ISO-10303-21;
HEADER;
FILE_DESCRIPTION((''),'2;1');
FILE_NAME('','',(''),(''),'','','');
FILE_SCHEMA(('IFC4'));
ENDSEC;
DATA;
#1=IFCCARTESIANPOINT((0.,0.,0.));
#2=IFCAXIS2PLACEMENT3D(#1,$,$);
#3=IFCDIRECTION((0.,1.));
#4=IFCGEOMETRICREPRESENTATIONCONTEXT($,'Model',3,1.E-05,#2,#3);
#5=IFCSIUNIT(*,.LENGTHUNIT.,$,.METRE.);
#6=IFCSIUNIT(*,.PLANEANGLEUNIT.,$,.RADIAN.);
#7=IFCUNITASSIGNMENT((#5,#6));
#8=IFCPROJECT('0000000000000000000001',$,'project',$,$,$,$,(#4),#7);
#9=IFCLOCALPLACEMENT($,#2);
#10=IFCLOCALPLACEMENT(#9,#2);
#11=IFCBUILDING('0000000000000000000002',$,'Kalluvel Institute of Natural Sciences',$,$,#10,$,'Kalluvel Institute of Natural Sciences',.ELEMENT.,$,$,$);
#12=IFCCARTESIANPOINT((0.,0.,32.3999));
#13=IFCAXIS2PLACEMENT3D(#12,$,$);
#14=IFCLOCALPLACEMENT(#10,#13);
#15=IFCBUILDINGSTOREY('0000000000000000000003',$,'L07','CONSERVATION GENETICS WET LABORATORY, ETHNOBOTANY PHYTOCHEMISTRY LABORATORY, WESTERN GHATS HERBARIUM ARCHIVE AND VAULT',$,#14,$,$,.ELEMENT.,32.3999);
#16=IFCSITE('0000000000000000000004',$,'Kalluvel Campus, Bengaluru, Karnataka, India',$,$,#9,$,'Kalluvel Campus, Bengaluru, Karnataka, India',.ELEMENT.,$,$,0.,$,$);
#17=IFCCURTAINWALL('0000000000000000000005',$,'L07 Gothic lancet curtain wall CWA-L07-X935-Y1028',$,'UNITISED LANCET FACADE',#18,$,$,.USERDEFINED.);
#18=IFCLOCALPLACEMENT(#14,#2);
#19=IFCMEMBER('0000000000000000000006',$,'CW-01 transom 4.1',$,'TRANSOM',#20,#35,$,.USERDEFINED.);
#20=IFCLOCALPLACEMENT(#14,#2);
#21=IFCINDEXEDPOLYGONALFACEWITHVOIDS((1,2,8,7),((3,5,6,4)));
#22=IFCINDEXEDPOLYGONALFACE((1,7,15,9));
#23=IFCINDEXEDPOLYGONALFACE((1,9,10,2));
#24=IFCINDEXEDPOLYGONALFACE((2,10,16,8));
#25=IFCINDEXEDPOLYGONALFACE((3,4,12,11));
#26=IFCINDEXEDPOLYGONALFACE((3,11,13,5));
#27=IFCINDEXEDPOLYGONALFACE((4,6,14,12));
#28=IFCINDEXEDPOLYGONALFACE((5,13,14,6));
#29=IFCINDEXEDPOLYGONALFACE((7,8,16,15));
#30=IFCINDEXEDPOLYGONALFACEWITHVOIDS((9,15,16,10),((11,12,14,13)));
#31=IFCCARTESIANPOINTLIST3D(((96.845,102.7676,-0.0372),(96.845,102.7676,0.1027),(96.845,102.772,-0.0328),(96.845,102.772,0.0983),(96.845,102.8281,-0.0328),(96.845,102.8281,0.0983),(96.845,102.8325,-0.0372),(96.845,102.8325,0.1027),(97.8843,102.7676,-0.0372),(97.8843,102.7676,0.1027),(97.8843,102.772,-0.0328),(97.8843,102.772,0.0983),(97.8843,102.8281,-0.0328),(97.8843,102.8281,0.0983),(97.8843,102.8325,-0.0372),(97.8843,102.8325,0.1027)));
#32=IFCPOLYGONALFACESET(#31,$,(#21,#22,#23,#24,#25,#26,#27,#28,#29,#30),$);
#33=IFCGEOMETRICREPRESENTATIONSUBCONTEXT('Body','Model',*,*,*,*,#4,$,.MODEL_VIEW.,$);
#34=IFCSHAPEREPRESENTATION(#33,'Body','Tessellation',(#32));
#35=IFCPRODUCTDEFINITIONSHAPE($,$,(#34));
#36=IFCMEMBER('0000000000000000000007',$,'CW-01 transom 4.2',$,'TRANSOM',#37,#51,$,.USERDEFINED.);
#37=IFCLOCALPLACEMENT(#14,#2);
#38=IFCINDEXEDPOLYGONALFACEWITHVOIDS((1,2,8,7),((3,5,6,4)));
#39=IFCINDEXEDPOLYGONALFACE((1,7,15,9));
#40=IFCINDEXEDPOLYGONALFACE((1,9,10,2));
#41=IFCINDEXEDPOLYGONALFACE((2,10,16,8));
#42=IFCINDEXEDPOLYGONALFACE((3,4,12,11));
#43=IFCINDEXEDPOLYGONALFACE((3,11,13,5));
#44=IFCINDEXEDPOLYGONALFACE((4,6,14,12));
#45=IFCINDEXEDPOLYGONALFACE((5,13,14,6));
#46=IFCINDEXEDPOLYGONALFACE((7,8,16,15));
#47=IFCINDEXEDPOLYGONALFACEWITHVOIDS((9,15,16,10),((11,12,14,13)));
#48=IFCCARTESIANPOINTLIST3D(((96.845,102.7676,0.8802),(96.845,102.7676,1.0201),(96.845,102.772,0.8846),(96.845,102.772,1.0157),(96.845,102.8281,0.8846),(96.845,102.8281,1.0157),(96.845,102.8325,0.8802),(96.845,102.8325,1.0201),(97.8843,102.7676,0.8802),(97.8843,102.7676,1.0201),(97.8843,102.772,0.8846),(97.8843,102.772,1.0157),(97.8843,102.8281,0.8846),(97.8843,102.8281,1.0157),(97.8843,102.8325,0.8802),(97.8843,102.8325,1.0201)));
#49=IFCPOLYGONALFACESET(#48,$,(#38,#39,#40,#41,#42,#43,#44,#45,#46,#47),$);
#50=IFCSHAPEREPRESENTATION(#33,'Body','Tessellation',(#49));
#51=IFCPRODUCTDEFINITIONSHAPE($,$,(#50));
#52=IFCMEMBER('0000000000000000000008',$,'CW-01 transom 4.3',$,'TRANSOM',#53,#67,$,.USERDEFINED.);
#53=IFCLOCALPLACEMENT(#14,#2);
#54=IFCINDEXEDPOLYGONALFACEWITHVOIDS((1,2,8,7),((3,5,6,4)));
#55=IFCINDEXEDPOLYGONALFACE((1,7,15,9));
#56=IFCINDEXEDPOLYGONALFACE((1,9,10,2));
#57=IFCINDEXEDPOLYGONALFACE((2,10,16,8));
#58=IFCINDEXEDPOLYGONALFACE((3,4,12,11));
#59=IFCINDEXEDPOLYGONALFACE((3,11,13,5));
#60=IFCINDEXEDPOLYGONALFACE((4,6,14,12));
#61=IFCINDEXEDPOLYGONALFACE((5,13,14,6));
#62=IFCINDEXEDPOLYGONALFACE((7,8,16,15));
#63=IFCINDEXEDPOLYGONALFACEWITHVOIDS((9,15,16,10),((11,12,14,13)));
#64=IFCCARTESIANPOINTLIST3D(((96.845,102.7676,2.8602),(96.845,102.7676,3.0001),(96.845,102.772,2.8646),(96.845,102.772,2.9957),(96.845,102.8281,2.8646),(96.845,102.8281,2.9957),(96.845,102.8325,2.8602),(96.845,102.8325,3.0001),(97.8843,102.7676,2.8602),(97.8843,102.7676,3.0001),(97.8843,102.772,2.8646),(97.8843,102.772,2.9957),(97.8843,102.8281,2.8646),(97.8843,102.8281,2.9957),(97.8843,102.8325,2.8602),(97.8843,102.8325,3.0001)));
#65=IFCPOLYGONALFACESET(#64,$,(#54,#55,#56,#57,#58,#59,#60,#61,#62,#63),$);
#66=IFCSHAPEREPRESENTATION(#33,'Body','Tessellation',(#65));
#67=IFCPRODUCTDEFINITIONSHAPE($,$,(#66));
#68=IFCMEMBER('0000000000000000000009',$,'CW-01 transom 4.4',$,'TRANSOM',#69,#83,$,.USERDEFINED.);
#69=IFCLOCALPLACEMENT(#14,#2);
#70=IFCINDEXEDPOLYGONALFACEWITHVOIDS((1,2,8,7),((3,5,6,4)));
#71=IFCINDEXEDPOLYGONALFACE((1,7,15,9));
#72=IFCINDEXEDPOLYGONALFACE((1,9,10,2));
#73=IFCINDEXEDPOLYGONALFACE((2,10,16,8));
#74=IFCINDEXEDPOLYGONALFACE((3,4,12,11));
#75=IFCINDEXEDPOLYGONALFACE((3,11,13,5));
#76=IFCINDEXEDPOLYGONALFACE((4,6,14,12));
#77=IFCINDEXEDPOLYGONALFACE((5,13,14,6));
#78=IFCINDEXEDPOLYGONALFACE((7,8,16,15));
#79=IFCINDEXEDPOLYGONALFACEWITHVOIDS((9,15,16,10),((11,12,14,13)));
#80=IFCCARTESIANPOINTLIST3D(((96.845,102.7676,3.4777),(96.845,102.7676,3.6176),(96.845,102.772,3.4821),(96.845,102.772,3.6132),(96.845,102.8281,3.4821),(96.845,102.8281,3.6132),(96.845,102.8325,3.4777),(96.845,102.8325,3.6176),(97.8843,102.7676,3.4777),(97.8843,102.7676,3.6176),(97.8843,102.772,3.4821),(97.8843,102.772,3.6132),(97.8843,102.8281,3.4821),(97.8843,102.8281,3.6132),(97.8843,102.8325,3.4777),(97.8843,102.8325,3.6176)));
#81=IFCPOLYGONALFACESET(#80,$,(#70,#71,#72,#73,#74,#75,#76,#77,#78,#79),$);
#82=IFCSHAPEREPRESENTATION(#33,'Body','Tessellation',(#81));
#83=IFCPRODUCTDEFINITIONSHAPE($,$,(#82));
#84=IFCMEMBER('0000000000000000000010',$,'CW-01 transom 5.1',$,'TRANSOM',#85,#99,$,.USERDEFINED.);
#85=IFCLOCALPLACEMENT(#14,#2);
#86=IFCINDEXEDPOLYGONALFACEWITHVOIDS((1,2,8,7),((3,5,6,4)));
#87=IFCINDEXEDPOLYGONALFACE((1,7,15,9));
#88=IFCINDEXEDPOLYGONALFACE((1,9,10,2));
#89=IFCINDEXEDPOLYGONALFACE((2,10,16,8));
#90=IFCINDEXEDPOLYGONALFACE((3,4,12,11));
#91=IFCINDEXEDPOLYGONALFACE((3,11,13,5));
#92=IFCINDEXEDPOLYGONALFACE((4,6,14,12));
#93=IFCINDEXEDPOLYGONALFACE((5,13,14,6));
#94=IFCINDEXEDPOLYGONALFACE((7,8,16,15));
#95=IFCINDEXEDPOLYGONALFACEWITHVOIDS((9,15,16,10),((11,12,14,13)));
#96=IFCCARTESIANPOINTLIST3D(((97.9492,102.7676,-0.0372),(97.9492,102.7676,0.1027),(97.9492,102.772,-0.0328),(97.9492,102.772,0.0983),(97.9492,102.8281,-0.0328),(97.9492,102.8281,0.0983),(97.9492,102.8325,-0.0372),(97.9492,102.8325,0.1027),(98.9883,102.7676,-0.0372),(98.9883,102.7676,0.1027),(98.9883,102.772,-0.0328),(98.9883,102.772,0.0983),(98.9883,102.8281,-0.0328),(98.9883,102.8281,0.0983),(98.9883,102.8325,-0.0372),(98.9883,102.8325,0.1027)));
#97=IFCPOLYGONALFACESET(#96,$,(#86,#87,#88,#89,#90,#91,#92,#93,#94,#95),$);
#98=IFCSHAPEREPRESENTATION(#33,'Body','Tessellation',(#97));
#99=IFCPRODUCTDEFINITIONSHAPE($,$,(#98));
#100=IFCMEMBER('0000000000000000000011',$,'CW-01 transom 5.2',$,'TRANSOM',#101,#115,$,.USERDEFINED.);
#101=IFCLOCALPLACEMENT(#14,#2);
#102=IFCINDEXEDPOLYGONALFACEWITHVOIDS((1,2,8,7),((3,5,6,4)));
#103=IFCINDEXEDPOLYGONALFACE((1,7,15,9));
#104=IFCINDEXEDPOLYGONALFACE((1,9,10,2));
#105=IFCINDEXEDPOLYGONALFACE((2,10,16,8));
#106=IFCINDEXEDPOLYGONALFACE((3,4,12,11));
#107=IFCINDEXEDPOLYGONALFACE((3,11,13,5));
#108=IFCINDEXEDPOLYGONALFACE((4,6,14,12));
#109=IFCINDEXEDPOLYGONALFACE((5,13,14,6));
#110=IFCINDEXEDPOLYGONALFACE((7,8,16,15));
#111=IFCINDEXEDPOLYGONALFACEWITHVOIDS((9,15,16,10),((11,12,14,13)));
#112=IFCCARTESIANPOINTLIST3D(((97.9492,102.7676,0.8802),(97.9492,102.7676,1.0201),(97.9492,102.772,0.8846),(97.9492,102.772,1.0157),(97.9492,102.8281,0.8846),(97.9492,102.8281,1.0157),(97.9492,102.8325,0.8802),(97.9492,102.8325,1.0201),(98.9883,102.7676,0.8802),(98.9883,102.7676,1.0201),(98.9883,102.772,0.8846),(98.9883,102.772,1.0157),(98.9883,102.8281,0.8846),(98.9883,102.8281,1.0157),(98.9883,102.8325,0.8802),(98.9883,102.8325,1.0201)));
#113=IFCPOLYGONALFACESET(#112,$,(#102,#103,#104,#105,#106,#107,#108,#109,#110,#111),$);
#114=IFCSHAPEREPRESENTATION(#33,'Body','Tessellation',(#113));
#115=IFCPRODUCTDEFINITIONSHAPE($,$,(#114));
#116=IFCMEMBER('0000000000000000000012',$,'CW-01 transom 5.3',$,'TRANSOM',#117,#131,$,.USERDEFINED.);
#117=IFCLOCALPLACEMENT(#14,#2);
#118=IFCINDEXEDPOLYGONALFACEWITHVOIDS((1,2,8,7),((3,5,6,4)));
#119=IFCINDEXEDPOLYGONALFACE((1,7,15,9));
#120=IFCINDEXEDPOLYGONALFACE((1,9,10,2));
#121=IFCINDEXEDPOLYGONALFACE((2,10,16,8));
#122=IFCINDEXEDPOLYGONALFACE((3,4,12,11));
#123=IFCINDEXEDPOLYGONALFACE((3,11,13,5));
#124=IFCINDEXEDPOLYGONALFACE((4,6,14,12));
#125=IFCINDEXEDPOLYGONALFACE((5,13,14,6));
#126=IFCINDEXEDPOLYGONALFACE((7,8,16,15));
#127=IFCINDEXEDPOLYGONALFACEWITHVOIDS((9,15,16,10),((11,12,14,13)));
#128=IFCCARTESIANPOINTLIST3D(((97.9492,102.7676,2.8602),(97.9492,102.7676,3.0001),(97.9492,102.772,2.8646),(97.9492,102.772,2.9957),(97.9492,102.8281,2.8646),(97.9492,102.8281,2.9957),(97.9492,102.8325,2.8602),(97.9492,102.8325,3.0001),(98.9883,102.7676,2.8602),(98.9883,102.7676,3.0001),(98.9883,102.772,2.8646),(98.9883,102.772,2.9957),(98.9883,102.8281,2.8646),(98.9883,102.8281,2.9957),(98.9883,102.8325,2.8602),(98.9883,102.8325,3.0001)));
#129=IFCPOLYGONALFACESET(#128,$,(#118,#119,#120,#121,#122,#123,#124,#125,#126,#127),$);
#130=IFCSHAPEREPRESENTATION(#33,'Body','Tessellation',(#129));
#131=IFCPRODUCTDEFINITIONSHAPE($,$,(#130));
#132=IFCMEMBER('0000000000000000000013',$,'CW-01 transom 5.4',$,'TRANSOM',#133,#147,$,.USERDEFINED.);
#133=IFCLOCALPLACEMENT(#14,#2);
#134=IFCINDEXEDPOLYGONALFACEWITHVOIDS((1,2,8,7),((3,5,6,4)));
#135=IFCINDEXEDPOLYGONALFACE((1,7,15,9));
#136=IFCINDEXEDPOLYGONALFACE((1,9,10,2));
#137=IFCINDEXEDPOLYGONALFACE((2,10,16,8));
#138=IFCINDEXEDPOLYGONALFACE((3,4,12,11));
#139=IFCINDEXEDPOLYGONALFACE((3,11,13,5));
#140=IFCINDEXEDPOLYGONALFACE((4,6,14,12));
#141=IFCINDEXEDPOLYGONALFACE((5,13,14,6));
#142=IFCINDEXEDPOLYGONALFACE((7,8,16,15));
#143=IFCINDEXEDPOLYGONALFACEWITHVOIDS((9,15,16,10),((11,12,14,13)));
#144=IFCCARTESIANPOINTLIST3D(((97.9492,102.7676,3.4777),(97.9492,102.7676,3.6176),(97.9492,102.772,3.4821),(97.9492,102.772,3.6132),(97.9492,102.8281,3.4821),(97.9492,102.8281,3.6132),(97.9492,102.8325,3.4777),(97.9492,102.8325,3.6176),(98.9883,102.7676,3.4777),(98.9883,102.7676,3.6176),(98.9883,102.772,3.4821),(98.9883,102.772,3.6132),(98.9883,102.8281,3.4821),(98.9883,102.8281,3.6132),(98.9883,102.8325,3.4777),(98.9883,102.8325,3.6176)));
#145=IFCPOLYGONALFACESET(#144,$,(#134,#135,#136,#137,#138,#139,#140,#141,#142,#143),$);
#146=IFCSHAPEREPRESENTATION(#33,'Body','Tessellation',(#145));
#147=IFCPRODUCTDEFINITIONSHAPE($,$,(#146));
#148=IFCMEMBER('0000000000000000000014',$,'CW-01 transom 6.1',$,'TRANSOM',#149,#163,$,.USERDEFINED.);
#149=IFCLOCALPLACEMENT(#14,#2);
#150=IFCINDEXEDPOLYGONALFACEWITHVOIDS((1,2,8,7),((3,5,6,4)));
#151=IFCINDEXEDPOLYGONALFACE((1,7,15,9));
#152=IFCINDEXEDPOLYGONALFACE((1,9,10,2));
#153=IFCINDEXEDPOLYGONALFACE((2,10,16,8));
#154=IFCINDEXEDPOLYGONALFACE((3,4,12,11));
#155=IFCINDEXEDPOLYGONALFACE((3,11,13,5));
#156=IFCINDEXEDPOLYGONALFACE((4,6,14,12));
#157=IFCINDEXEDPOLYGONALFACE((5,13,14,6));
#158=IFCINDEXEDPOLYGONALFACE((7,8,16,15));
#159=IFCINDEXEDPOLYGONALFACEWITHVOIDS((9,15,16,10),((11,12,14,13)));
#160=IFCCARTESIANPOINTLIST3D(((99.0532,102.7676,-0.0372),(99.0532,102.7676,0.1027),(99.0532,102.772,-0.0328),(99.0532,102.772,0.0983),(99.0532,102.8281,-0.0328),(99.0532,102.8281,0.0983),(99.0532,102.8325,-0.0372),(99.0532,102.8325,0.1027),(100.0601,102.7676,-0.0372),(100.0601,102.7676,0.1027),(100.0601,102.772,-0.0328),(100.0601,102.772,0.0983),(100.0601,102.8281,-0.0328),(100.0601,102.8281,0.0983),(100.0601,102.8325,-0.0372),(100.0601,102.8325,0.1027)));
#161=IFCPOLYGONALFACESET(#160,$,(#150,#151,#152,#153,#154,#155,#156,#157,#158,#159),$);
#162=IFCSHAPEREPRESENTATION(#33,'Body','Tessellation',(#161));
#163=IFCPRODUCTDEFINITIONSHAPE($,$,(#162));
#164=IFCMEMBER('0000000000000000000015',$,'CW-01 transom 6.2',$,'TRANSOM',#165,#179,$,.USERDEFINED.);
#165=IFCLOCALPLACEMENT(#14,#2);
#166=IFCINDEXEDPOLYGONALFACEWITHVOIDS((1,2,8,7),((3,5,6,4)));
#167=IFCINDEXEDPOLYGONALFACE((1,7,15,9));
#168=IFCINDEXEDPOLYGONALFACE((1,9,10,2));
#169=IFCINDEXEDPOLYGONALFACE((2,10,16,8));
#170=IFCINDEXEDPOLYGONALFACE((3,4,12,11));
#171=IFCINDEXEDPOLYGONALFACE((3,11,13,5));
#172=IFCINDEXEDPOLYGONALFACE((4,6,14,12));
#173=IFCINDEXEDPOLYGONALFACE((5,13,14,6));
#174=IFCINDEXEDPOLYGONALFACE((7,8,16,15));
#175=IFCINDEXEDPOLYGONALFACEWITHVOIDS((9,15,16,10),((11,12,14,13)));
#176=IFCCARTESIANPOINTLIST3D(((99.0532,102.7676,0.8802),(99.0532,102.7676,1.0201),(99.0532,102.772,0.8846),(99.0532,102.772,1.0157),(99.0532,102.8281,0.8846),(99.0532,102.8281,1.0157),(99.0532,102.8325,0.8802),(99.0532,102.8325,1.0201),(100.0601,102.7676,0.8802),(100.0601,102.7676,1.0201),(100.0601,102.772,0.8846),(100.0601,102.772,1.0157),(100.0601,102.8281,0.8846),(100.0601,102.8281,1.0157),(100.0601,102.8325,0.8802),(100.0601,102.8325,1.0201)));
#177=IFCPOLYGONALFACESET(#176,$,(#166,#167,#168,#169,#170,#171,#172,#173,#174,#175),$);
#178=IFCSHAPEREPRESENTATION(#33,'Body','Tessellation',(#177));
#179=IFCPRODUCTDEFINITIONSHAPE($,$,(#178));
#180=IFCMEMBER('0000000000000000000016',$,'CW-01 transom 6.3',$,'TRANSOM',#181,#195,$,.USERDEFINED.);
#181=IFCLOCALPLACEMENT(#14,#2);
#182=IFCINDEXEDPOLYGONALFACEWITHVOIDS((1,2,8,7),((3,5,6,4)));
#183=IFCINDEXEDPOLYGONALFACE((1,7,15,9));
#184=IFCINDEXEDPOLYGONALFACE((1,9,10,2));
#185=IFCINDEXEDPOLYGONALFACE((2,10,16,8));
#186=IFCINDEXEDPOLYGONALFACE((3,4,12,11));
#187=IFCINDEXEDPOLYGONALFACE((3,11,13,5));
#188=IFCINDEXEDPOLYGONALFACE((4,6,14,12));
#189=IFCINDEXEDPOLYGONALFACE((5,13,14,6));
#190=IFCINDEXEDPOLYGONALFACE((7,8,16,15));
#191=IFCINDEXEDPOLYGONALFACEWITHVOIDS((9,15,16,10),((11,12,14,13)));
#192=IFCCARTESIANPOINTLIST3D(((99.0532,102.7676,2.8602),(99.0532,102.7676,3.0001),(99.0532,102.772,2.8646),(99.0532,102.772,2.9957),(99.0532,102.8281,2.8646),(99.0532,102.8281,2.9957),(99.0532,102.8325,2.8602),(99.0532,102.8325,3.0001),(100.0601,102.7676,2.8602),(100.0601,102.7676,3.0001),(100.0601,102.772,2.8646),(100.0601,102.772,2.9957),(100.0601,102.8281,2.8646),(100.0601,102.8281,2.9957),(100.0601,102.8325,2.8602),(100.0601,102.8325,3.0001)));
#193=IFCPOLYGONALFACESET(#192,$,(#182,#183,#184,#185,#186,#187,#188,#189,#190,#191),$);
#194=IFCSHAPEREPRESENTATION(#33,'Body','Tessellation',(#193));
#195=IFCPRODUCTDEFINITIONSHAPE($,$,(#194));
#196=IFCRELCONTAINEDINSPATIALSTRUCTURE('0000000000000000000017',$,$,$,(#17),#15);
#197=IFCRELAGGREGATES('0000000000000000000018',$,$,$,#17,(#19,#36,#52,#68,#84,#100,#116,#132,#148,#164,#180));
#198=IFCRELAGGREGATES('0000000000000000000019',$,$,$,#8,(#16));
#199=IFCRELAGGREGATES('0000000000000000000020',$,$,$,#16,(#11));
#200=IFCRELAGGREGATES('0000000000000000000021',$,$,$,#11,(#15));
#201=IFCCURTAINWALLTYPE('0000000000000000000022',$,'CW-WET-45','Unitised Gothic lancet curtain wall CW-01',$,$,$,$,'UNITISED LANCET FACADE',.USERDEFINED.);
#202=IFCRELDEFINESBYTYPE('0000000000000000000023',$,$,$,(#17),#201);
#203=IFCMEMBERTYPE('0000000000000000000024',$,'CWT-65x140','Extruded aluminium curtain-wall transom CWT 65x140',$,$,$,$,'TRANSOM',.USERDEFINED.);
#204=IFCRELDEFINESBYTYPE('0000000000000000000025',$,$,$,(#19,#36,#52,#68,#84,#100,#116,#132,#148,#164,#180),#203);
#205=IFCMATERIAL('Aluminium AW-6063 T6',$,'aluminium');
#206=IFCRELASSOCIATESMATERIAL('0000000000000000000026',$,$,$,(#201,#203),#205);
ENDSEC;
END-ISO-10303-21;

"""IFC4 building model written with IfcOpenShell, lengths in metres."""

from ifc_helpers import new_model, si_unit, direction, frame, origin, origin_2d, place, context, subcontext, project, spatial, hollow_rectangle, extrude, material, material_profile, profile_set, type_object, element, aggregate, save


model = new_model("IFC4")

# Units and contexts
model_context = context("Model", 3, precision=1e-05, world=origin(), true_north=direction((0.0, 1.0)))
body_context = subcontext(model_context, "Body", "Model", "MODEL_VIEW")
ifc_project = project(units=[si_unit("LENGTHUNIT", "METRE"), si_unit("PLANEANGLEUNIT", "RADIAN")], contexts=[model_context])

# Site, building, storey
site_placement = place(None, origin())
site = spatial("IfcSite", under=ifc_project, at=site_placement, Name="Kalluvel Campus, Bengaluru, Karnataka, India", LongName="Kalluvel Campus, Bengaluru, Karnataka, India", CompositionType="ELEMENT", RefElevation=0.0)
building_placement = place(site_placement, origin())
building = spatial("IfcBuilding", under=site, at=building_placement, Name="Kalluvel Institute of Natural Sciences", LongName="Kalluvel Institute of Natural Sciences", CompositionType="ELEMENT")
storey_placement = place(building_placement, frame((0.0, 0.0, 32.3999)))
storey = spatial("IfcBuildingStorey", under=building, at=storey_placement, Name="L07", Description="CONSERVATION GENETICS WET LABORATORY, ETHNOBOTANY PHYTOCHEMISTRY LABORATORY, WESTERN GHATS HERBARIUM ARCHIVE AND VAULT", CompositionType="ELEMENT", Elevation=32.3999)

# Curtain wall, members
ifc_material_1 = material(Name="Aluminium AW-6063 T6", Category="aluminium")
curtain_wall_type = type_object("IfcCurtainWallType", Name="CW-WET-45", Description="Unitised Gothic lancet curtain wall CW-01", ElementType="UNITISED LANCET FACADE", PredefinedType="USERDEFINED", material=ifc_material_1)
curtain_wall_placement = place(storey_placement, origin())
curtain_wall = element("IfcCurtainWall", 1, at=curtain_wall_placement, inside=storey, type_object=curtain_wall_type, Name="L07 Gothic lancet curtain wall CWA-L07-X935-Y1028", ObjectType="UNITISED LANCET FACADE", PredefinedType="USERDEFINED")
ifc_material_profile_1 = material_profile(ifc_material_1, hollow_rectangle(XDim=0.0649, YDim=0.1399, WallThickness=0.0044, at=origin_2d()), Name="CWT 65x140")
ifc_profile_set_1 = profile_set([ifc_material_profile_1], Name="Aluminium AW-6063 T6")
member_type_1 = type_object("IfcMemberType", Name="CWT-65x140", Description="Extruded aluminium curtain-wall transom CWT 65x140", ElementType="TRANSOM", PredefinedType="USERDEFINED", material=ifc_profile_set_1)
member_1_placement = place(storey_placement, frame((96.845, 102.8, 0.0327), z_axis=(1.0, 0.0, 0.0), x_axis=(0.0, 1.0, 0.0)))
member_1 = element("IfcMember", 2, at=member_1_placement, type_object=member_type_1, Name="CW-01 transom 4.1", ObjectType="TRANSOM", PredefinedType="USERDEFINED", context=body_context, shape_type="SweptSolid", body=[
    extrude(hollow_rectangle(XDim=0.0649, YDim=0.1399, WallThickness=0.0044, at=origin_2d()), origin(), (0.0, 0.0, 1.0), 1.0393),
])
member_2_placement = place(storey_placement, frame((96.845, 102.8, 0.9502), z_axis=(1.0, 0.0, 0.0), x_axis=(0.0, 1.0, 0.0)))
member_2 = element("IfcMember", 3, at=member_2_placement, type_object=member_type_1, Name="CW-01 transom 4.2", ObjectType="TRANSOM", PredefinedType="USERDEFINED", context=body_context, shape_type="SweptSolid", body=[
    extrude(hollow_rectangle(XDim=0.0649, YDim=0.1399, WallThickness=0.0044, at=origin_2d()), origin(), (0.0, 0.0, 1.0), 1.0393),
])
member_3_placement = place(storey_placement, frame((96.845, 102.8, 2.9302), z_axis=(1.0, 0.0, 0.0), x_axis=(0.0, 1.0, 0.0)))
member_3 = element("IfcMember", 4, at=member_3_placement, type_object=member_type_1, Name="CW-01 transom 4.3", ObjectType="TRANSOM", PredefinedType="USERDEFINED", context=body_context, shape_type="SweptSolid", body=[
    extrude(hollow_rectangle(XDim=0.0649, YDim=0.1399, WallThickness=0.0044, at=origin_2d()), origin(), (0.0, 0.0, 1.0), 1.0393),
])
member_4_placement = place(storey_placement, frame((96.845, 102.8, 3.5476), z_axis=(1.0, 0.0, 0.0), x_axis=(0.0, 1.0, 0.0)))
member_4 = element("IfcMember", 5, at=member_4_placement, type_object=member_type_1, Name="CW-01 transom 4.4", ObjectType="TRANSOM", PredefinedType="USERDEFINED", context=body_context, shape_type="SweptSolid", body=[
    extrude(hollow_rectangle(XDim=0.0649, YDim=0.1399, WallThickness=0.0044, at=origin_2d()), origin(), (0.0, 0.0, 1.0), 1.0393),
])
member_5_placement = place(storey_placement, frame((97.9492, 102.8, 0.0327), z_axis=(1.0, 0.0, 0.0), x_axis=(0.0, 1.0, 0.0)))
member_5 = element("IfcMember", 6, at=member_5_placement, type_object=member_type_1, Name="CW-01 transom 5.1", ObjectType="TRANSOM", PredefinedType="USERDEFINED", context=body_context, shape_type="SweptSolid", body=[
    extrude(hollow_rectangle(XDim=0.0649, YDim=0.1399, WallThickness=0.0044, at=origin_2d()), origin(), (0.0, 0.0, 1.0), 1.0391),
])
member_6_placement = place(storey_placement, frame((97.9492, 102.8, 0.9502), z_axis=(1.0, 0.0, 0.0), x_axis=(0.0, 1.0, 0.0)))
member_6 = element("IfcMember", 7, at=member_6_placement, type_object=member_type_1, Name="CW-01 transom 5.2", ObjectType="TRANSOM", PredefinedType="USERDEFINED", context=body_context, shape_type="SweptSolid", body=[
    extrude(hollow_rectangle(XDim=0.0649, YDim=0.1399, WallThickness=0.0044, at=origin_2d()), origin(), (0.0, 0.0, 1.0), 1.0391),
])
member_7_placement = place(storey_placement, frame((97.9492, 102.8, 2.9302), z_axis=(1.0, 0.0, 0.0), x_axis=(0.0, 1.0, 0.0)))
member_7 = element("IfcMember", 8, at=member_7_placement, type_object=member_type_1, Name="CW-01 transom 5.3", ObjectType="TRANSOM", PredefinedType="USERDEFINED", context=body_context, shape_type="SweptSolid", body=[
    extrude(hollow_rectangle(XDim=0.0649, YDim=0.1399, WallThickness=0.0044, at=origin_2d()), origin(), (0.0, 0.0, 1.0), 1.0391),
])
member_8_placement = place(storey_placement, frame((97.9492, 102.8, 3.5476), z_axis=(1.0, 0.0, 0.0), x_axis=(0.0, 1.0, 0.0)))
member_8 = element("IfcMember", 9, at=member_8_placement, type_object=member_type_1, Name="CW-01 transom 5.4", ObjectType="TRANSOM", PredefinedType="USERDEFINED", context=body_context, shape_type="SweptSolid", body=[
    extrude(hollow_rectangle(XDim=0.0649, YDim=0.1399, WallThickness=0.0044, at=origin_2d()), origin(), (0.0, 0.0, 1.0), 1.0391),
])
member_9_placement = place(storey_placement, frame((99.0532, 102.8, 0.0327), z_axis=(1.0, 0.0, 0.0), x_axis=(0.0, 1.0, 0.0)))
member_9 = element("IfcMember", 10, at=member_9_placement, type_object=member_type_1, Name="CW-01 transom 6.1", ObjectType="TRANSOM", PredefinedType="USERDEFINED", context=body_context, shape_type="SweptSolid", body=[
    extrude(hollow_rectangle(XDim=0.0649, YDim=0.1399, WallThickness=0.0044, at=origin_2d()), origin(), (0.0, 0.0, 1.0), 1.0068),
])
member_10_placement = place(storey_placement, frame((99.0532, 102.8, 0.9502), z_axis=(1.0, 0.0, 0.0), x_axis=(0.0, 1.0, 0.0)))
member_10 = element("IfcMember", 11, at=member_10_placement, type_object=member_type_1, Name="CW-01 transom 6.2", ObjectType="TRANSOM", PredefinedType="USERDEFINED", context=body_context, shape_type="SweptSolid", body=[
    extrude(hollow_rectangle(XDim=0.0649, YDim=0.1399, WallThickness=0.0044, at=origin_2d()), origin(), (0.0, 0.0, 1.0), 1.0068),
])
member_11_placement = place(storey_placement, frame((99.0532, 102.8, 2.9302), z_axis=(1.0, 0.0, 0.0), x_axis=(0.0, 1.0, 0.0)))
member_11 = element("IfcMember", 12, at=member_11_placement, type_object=member_type_1, Name="CW-01 transom 6.3", ObjectType="TRANSOM", PredefinedType="USERDEFINED", context=body_context, shape_type="SweptSolid", body=[
    extrude(hollow_rectangle(XDim=0.0649, YDim=0.1399, WallThickness=0.0044, at=origin_2d()), origin(), (0.0, 0.0, 1.0), 1.0068),
])

aggregate(curtain_wall, [member_1, member_2, member_3, member_4, member_5, member_6, member_7, member_8, member_9, member_10, member_11])

save(model, "model.ifc")
